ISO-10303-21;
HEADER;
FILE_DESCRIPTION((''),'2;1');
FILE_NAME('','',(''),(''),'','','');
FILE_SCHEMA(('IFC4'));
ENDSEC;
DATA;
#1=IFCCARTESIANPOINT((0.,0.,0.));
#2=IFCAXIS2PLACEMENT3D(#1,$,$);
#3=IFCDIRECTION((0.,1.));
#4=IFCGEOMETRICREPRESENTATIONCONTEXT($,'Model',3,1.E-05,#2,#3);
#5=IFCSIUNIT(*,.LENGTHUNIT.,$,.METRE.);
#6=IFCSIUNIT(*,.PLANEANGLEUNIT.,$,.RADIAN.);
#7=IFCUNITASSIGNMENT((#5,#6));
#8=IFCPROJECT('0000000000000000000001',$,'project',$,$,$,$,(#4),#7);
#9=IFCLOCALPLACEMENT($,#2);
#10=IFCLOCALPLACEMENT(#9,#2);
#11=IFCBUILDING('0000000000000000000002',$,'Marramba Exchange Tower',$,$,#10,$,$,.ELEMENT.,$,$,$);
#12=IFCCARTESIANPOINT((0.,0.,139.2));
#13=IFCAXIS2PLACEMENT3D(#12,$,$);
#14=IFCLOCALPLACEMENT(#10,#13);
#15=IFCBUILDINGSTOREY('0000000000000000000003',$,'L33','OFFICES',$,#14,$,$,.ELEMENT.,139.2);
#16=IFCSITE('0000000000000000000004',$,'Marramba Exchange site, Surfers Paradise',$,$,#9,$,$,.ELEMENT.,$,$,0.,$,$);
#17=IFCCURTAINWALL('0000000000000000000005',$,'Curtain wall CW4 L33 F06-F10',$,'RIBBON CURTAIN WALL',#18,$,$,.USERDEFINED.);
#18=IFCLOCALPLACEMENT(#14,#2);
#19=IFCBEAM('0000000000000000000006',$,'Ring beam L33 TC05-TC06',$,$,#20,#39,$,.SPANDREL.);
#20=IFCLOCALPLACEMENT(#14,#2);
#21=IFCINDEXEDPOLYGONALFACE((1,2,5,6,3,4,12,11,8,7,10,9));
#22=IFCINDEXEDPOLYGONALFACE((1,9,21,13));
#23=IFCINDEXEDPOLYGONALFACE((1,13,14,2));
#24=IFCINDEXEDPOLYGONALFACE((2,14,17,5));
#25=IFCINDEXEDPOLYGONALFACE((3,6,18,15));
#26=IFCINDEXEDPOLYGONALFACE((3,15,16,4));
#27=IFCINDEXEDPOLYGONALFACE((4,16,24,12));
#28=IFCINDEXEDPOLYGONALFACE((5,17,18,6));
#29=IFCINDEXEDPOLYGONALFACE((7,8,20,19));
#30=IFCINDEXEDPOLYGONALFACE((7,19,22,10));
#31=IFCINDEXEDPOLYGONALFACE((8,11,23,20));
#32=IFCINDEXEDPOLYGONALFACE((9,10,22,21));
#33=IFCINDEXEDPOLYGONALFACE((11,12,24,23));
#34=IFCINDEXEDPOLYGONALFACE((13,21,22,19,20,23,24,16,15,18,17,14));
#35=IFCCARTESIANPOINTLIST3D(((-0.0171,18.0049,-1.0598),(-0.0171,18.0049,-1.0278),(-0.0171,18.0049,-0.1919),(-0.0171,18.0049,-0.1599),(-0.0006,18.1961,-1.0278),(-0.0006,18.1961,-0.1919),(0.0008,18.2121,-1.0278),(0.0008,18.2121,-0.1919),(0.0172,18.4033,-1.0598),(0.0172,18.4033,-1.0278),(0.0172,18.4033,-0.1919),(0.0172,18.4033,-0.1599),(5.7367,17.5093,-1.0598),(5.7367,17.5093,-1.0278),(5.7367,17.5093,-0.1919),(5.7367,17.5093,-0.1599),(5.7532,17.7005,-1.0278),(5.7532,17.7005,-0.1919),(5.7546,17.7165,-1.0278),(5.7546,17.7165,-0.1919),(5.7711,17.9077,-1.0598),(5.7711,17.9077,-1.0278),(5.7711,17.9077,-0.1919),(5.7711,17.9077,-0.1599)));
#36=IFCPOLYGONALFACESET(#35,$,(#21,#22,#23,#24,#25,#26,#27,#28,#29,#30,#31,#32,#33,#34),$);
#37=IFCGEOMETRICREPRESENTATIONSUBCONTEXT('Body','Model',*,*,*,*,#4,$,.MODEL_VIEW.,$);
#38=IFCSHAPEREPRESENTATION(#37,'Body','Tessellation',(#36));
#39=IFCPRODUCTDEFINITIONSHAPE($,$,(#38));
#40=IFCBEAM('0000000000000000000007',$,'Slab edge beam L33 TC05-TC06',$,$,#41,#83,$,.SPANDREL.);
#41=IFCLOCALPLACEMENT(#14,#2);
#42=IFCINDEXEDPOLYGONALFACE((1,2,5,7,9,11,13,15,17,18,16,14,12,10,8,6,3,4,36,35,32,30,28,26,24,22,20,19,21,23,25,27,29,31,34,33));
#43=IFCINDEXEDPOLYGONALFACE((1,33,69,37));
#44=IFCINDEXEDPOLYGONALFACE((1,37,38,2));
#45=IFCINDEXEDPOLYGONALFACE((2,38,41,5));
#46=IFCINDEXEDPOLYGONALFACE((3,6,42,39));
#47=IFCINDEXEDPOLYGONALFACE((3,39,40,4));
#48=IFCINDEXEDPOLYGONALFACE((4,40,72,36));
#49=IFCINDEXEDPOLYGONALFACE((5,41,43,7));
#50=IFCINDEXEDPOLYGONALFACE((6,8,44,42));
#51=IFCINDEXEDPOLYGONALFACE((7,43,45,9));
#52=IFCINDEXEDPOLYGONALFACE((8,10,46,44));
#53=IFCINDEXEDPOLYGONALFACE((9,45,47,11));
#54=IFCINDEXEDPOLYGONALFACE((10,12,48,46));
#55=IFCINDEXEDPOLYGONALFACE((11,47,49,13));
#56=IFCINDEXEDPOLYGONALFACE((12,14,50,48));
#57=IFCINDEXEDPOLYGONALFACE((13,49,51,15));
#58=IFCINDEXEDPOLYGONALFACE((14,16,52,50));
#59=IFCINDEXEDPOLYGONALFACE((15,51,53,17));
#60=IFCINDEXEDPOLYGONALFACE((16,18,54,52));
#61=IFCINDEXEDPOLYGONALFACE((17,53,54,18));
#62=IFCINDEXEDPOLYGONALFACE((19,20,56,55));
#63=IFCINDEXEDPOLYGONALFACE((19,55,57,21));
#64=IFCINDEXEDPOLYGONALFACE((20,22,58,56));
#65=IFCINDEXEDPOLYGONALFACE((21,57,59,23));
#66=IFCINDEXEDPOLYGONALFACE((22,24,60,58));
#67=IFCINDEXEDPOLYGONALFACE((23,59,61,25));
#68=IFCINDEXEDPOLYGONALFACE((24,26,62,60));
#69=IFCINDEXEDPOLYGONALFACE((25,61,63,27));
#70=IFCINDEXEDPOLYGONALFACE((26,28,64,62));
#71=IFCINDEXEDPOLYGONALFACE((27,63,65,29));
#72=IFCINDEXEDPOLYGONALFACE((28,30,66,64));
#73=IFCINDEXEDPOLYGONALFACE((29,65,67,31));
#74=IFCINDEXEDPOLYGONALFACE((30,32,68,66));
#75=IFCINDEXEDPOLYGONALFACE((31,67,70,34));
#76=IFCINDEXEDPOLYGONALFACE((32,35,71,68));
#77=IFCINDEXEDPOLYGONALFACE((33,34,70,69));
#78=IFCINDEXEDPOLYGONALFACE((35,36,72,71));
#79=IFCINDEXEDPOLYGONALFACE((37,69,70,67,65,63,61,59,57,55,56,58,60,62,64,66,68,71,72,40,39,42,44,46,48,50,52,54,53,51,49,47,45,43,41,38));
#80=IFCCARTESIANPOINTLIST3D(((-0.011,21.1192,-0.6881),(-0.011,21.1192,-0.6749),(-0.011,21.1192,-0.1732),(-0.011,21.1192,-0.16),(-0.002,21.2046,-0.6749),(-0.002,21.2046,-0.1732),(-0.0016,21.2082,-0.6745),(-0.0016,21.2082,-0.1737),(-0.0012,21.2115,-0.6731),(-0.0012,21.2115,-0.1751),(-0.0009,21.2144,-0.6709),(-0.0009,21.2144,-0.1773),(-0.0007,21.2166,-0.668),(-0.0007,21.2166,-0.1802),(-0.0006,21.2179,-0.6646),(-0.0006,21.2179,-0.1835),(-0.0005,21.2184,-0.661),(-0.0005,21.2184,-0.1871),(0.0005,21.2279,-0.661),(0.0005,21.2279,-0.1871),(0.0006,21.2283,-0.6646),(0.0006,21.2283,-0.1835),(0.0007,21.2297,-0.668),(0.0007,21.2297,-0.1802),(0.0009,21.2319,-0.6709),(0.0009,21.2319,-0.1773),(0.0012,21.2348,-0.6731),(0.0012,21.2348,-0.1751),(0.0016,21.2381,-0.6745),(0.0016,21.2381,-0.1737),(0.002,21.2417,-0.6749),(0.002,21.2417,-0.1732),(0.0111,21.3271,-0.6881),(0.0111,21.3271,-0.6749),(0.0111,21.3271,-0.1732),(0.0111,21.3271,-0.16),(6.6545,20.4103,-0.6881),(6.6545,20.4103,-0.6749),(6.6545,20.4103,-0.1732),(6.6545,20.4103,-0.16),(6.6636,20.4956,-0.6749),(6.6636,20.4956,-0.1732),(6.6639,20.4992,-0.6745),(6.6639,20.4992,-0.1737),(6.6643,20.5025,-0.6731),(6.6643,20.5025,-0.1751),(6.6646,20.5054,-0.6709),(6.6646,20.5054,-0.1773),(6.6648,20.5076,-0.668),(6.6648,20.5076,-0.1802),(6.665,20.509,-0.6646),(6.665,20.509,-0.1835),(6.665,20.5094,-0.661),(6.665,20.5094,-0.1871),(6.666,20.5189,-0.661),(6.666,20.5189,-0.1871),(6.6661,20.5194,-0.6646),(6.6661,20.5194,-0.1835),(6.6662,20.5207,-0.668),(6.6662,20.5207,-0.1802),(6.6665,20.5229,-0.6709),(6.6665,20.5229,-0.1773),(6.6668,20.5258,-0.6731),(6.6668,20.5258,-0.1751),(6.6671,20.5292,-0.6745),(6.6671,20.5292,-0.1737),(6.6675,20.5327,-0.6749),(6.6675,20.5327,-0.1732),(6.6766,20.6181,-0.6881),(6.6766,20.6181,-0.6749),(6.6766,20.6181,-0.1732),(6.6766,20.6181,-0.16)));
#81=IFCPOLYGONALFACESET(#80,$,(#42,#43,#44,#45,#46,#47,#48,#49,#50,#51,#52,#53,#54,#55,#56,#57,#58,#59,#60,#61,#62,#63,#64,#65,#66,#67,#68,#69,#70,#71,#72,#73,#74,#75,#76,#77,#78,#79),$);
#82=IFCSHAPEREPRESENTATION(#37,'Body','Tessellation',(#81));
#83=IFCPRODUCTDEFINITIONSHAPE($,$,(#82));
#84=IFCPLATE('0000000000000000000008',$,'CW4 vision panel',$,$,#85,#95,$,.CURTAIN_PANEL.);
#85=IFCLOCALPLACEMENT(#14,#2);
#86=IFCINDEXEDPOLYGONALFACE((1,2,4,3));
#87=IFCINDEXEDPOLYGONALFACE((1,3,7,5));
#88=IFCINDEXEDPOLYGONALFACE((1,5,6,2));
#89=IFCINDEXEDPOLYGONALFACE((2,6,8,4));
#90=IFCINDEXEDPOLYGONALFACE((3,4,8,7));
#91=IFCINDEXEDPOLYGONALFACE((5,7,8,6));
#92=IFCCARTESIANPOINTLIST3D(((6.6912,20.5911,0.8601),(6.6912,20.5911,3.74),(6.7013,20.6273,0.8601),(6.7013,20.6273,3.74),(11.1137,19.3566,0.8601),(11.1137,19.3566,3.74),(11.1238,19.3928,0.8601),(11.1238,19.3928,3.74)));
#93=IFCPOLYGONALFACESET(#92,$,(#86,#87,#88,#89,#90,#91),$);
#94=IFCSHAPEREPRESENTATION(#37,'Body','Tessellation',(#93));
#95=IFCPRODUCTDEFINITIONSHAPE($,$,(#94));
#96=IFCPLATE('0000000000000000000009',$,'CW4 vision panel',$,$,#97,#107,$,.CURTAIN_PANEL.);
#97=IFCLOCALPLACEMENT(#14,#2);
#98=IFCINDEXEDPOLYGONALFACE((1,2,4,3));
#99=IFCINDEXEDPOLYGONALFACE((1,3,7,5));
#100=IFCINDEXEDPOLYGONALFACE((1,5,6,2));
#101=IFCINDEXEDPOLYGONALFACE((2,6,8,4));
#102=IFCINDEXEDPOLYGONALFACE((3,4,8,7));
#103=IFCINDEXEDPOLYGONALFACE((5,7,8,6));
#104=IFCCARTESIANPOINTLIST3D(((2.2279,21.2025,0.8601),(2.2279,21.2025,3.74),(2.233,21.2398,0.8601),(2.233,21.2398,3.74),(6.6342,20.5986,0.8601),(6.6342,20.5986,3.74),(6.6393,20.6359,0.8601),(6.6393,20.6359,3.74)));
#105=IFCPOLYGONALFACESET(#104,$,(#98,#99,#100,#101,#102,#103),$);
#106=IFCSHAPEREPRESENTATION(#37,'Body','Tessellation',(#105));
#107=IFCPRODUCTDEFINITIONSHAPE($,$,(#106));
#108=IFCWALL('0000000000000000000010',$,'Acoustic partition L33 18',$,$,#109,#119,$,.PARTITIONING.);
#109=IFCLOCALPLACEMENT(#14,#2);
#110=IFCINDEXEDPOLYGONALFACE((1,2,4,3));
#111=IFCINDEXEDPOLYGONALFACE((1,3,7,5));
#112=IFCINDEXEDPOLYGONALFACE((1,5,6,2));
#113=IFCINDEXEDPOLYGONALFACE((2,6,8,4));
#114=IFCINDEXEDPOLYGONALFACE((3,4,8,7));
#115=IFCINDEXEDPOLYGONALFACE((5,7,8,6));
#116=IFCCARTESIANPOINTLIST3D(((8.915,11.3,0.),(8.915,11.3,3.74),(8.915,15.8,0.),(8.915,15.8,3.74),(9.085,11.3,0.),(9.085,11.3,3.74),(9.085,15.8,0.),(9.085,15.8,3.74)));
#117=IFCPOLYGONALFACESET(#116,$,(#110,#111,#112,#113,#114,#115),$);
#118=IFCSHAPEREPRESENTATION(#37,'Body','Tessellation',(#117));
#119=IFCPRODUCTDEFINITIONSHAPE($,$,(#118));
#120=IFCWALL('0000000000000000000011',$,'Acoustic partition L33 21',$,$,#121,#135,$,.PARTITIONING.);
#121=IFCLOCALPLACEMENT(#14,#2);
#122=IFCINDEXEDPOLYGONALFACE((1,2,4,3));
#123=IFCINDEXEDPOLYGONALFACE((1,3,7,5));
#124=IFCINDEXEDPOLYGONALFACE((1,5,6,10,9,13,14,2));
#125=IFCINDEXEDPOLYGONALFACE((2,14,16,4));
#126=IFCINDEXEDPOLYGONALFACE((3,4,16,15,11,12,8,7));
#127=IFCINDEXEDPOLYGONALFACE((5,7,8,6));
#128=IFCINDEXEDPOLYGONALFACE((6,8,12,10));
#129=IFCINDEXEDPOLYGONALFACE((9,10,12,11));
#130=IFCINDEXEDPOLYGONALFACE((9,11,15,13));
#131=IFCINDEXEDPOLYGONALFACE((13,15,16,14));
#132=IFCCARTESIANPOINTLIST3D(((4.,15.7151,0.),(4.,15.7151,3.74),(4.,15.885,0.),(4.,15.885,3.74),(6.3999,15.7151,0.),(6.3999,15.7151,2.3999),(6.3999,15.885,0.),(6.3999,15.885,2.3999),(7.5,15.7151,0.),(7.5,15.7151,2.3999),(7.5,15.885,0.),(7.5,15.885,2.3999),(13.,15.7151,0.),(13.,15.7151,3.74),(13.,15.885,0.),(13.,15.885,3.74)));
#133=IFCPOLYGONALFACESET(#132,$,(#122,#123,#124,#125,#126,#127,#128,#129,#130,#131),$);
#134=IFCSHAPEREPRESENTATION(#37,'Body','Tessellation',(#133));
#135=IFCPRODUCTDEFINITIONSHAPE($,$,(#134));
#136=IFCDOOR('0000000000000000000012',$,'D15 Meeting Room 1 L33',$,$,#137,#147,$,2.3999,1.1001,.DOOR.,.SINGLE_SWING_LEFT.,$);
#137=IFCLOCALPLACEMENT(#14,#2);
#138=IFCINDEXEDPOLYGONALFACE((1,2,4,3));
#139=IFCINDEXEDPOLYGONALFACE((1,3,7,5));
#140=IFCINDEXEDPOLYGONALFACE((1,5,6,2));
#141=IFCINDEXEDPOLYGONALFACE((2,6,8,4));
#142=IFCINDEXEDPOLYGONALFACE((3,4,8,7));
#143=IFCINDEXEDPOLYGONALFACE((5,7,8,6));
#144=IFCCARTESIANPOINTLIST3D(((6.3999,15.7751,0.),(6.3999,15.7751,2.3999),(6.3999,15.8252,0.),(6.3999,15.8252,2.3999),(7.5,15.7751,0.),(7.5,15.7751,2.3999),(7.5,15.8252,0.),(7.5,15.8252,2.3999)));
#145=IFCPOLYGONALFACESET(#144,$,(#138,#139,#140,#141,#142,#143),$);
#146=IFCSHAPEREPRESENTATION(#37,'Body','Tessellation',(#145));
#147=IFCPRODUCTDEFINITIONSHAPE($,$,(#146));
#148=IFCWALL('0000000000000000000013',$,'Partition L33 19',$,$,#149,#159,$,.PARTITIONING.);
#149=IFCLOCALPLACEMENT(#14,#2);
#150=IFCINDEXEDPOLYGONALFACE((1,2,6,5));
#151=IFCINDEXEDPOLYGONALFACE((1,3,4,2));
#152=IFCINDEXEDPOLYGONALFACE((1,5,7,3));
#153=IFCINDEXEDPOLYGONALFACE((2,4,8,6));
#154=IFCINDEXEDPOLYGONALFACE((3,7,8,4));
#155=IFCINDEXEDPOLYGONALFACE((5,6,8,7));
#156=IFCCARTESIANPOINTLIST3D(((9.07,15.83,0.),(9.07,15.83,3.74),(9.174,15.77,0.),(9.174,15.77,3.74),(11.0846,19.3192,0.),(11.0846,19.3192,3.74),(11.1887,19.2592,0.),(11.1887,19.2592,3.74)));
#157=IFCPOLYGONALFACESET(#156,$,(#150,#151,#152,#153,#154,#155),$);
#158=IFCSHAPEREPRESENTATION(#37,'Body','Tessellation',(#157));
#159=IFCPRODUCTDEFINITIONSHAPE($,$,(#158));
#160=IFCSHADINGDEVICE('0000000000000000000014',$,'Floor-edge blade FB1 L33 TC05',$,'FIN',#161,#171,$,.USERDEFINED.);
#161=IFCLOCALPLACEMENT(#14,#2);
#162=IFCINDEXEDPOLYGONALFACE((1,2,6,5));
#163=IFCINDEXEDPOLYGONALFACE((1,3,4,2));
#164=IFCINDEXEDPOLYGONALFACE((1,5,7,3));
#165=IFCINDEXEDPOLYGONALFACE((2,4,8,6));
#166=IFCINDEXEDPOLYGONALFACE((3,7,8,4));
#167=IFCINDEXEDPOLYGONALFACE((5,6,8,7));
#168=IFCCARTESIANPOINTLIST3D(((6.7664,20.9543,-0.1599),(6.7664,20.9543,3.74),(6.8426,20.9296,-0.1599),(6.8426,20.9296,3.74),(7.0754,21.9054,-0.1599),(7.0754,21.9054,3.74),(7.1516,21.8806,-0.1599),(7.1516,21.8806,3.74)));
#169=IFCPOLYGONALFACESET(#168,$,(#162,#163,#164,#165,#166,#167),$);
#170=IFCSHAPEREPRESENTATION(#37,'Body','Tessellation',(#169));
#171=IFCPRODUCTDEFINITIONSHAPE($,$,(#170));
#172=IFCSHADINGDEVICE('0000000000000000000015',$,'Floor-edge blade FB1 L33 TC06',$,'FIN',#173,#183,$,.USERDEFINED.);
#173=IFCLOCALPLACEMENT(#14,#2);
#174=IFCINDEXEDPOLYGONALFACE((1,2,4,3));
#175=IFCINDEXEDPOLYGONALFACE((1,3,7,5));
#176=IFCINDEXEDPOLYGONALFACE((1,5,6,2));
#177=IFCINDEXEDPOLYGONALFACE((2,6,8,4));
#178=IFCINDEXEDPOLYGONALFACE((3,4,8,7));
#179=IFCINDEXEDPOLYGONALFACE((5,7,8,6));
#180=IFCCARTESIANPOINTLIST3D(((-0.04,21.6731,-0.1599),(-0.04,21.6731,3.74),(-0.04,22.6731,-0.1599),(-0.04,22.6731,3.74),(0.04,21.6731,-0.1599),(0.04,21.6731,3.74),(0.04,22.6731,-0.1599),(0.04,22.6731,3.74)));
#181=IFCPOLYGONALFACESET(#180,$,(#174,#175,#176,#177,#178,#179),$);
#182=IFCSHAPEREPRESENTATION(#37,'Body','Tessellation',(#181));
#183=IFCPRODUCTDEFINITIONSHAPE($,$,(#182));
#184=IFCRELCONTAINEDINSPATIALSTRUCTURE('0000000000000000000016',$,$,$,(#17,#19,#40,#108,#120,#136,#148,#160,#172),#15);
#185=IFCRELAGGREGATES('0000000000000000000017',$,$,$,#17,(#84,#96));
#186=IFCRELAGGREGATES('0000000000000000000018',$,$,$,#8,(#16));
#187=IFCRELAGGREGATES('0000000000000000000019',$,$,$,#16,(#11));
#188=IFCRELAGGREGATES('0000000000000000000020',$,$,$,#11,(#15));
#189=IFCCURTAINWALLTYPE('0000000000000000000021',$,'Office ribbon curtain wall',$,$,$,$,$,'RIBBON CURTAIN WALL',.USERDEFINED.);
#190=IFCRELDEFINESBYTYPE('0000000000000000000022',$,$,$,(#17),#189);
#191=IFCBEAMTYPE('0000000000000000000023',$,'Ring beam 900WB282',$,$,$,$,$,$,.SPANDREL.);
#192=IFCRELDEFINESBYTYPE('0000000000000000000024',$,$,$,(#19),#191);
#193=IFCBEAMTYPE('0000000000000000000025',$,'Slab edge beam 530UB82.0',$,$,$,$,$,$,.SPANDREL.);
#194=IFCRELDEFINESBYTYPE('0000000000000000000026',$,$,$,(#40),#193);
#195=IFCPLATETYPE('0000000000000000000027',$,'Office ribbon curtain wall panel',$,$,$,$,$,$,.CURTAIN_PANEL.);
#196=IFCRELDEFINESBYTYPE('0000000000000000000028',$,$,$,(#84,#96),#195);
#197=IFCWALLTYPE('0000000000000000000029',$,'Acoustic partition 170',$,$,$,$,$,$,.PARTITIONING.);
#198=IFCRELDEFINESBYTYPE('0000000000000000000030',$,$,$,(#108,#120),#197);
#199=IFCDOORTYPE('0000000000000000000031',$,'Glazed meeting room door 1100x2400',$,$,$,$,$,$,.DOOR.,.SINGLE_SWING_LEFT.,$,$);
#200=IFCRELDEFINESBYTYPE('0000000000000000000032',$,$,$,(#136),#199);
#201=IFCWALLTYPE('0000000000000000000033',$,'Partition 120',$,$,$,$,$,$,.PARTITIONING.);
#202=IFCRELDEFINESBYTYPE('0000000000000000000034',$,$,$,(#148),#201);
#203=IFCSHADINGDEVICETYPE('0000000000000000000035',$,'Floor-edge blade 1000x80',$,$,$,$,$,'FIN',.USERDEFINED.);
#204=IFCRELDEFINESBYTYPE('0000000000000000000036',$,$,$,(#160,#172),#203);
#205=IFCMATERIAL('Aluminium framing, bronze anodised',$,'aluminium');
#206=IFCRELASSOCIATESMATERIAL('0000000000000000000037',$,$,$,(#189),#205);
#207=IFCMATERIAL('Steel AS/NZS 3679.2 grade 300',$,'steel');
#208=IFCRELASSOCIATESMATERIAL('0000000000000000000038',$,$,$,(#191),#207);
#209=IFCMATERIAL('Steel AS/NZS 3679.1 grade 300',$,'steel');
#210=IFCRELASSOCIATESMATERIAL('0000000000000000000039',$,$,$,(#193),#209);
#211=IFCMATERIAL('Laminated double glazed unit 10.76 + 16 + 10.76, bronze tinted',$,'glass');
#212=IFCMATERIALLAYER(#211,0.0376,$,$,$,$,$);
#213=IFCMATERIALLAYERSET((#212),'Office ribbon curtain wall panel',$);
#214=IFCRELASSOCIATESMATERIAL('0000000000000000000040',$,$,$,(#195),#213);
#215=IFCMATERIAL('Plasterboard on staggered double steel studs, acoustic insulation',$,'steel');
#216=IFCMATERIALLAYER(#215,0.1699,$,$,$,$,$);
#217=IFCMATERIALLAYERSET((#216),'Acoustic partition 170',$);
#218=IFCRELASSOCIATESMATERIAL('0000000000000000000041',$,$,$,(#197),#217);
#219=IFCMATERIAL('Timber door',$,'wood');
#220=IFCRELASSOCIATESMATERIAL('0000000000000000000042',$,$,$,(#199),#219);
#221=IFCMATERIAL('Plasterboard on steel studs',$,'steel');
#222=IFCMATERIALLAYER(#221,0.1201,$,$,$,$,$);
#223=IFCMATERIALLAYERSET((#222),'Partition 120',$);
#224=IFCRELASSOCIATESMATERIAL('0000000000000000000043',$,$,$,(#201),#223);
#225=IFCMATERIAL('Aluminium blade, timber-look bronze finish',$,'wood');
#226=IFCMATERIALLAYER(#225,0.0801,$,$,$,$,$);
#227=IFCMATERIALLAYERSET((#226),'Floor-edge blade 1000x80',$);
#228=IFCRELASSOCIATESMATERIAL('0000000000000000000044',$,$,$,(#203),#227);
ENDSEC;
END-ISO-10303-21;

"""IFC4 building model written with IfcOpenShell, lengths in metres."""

from ifc_helpers import new_model, si_unit, direction, frame, frame_2d, origin, origin_2d, place, context, subcontext, project, spatial, rectangle, i_section, extrude, material, layer, layer_set, material_profile, profile_set, type_object, element, fill, aggregate, save


model = new_model("IFC4")

# Units and contexts
model_context = context("Model", 3, precision=1e-05, world=origin(), true_north=direction((0.0, 1.0)))
body_context = subcontext(model_context, "Body", "Model", "MODEL_VIEW")
ifc_project = project(units=[si_unit("LENGTHUNIT", "METRE"), si_unit("PLANEANGLEUNIT", "RADIAN")], contexts=[model_context])

# Site, building, storey
site_placement = place(None, origin())
site = spatial("IfcSite", under=ifc_project, at=site_placement, Name="Marramba Exchange site, Surfers Paradise", CompositionType="ELEMENT", RefElevation=0.0)
building_placement = place(site_placement, origin())
building = spatial("IfcBuilding", under=site, at=building_placement, Name="Marramba Exchange Tower", CompositionType="ELEMENT")
storey_placement = place(building_placement, frame((0.0, 0.0, 139.2)))
storey = spatial("IfcBuildingStorey", under=building, at=storey_placement, Name="L33", Description="OFFICES", CompositionType="ELEMENT", Elevation=139.2)

# Shared definitions
ifc_material_1 = material(Name="Steel AS/NZS 3679.2 grade 300", Category="steel")

# Curtain wall
ifc_material_2 = material(Name="Aluminium framing, bronze anodised", Category="aluminium")
curtain_wall_type = type_object("IfcCurtainWallType", Name="Office ribbon curtain wall", ElementType="RIBBON CURTAIN WALL", PredefinedType="USERDEFINED", material=ifc_material_2)
curtain_wall_placement = place(storey_placement, origin())
curtain_wall = element("IfcCurtainWall", 1, at=curtain_wall_placement, inside=storey, type_object=curtain_wall_type, Name="Curtain wall CW4 L33 F06-F10", ObjectType="RIBBON CURTAIN WALL", PredefinedType="USERDEFINED")

# Beams
ifc_material_profile_1 = material_profile(ifc_material_1, i_section(OverallWidth=0.3999, OverallDepth=0.8999, WebThickness=0.0161, FlangeThickness=0.032, at=origin_2d()), Name="900WB282")
ifc_profile_set_1 = profile_set([ifc_material_profile_1], Name="Steel AS/NZS 3679.2 grade 300")
beam_type_1 = type_object("IfcBeamType", Name="Ring beam 900WB282", PredefinedType="SPANDREL", material=ifc_profile_set_1)
beam_1_placement = place(storey_placement, frame((5.7539, 17.7085, -0.6099), z_axis=(-0.996311, 0.085816, 0.0), x_axis=(-0.085816, -0.996311, 0.0)))
element("IfcBeam", 2, at=beam_1_placement, inside=storey, type_object=beam_type_1, Name="Ring beam L33 TC05-TC06", PredefinedType="SPANDREL", context=body_context, shape_type="SweptSolid", body=[
    extrude(i_section(OverallWidth=0.3999, OverallDepth=0.8999, WebThickness=0.0161, FlangeThickness=0.032, at=origin_2d()), origin(), (0.0, 0.0, 1.0), 5.7751),
])
ifc_material_3 = material(Name="Steel AS/NZS 3679.1 grade 300", Category="steel")
ifc_material_profile_2 = material_profile(ifc_material_3, i_section(OverallWidth=0.209, OverallDepth=0.5281, WebThickness=0.0095, FlangeThickness=0.0132, FilletRadius=0.0139, at=origin_2d()), Name="530UB82.0")
ifc_profile_set_2 = profile_set([ifc_material_profile_2], Name="Steel AS/NZS 3679.1 grade 300")
beam_type_2 = type_object("IfcBeamType", Name="Slab edge beam 530UB82.0", PredefinedType="SPANDREL", material=ifc_profile_set_2)
beam_2_placement = place(storey_placement, frame((6.6655, 20.5142, -0.4241), z_axis=(-0.994391, 0.105769, 0.0), x_axis=(-0.105769, -0.994391, 0.0)))
element("IfcBeam", 3, at=beam_2_placement, inside=storey, type_object=beam_type_2, Name="Slab edge beam L33 TC05-TC06", PredefinedType="SPANDREL", context=body_context, shape_type="SweptSolid", body=[
    extrude(i_section(OverallWidth=0.209, OverallDepth=0.5281, WebThickness=0.0095, FlangeThickness=0.0132, FilletRadius=0.0139, at=origin_2d()), origin(), (0.0, 0.0, 1.0), 6.7031),
])

# Plates
ifc_material_4 = material(Name="Laminated double glazed unit 10.76 + 16 + 10.76, bronze tinted", Category="glass")
ifc_layer_1 = layer(ifc_material_4, 0.0376)
ifc_layer_set_1 = layer_set([ifc_layer_1], Name="Office ribbon curtain wall panel")
plate_type = type_object("IfcPlateType", Name="Office ribbon curtain wall panel", PredefinedType="CURTAIN_PANEL", material=ifc_layer_set_1)
plate_1_placement = place(storey_placement, frame((8.9075, 19.9919, 0.8601), z_axis=(0.0, 0.0, 1.0), x_axis=(-0.963178, 0.268865, 0.0)))
plate_1 = element("IfcPlate", 4, at=plate_1_placement, type_object=plate_type, Name="CW4 vision panel", PredefinedType="CURTAIN_PANEL", context=body_context, shape_type="SweptSolid", body=[
    extrude(rectangle(XDim=4.5916, YDim=0.0376, at=origin_2d()), origin(), (0.0, 0.0, 1.0), 2.8799),
])
plate_2_placement = place(storey_placement, frame((4.4336, 20.9192, 0.8601), z_axis=(0.0, 0.0, 1.0), x_axis=(-0.990738, 0.135786, 0.0)))
plate_2 = element("IfcPlate", 5, at=plate_2_placement, type_object=plate_type, Name="CW4 vision panel", PredefinedType="CURTAIN_PANEL", context=body_context, shape_type="SweptSolid", body=[
    extrude(rectangle(XDim=4.4475, YDim=0.0376, at=origin_2d()), origin(), (0.0, 0.0, 1.0), 2.8799),
])
aggregate(curtain_wall, [plate_1, plate_2])

# Wall
ifc_material_5 = material(Name="Plasterboard on staggered double steel studs, acoustic insulation", Category="steel")
ifc_layer_2 = layer(ifc_material_5, 0.1699)
ifc_layer_set_2 = layer_set([ifc_layer_2], Name="Acoustic partition 170")
wall_type_1 = type_object("IfcWallType", Name="Acoustic partition 170", PredefinedType="PARTITIONING", material=ifc_layer_set_2)
wall_1_placement = place(storey_placement, frame((9.0, 15.8, 0.0), z_axis=(0.0, 0.0, 1.0), x_axis=(0.0, -1.0, 0.0)))
element("IfcWall", 6, at=wall_1_placement, inside=storey, type_object=wall_type_1, Name="Acoustic partition L33 18", PredefinedType="PARTITIONING", context=body_context, shape_type="SweptSolid", body=[
    extrude(rectangle(XDim=4.5, YDim=0.1699, at=frame_2d((2.25, 0.0))), origin(), (0.0, 0.0, 1.0), 3.74),
])

# Wall, opening, door
wall_2_placement = place(storey_placement, frame((13.0, 15.8, 0.0), z_axis=(0.0, 0.0, 1.0), x_axis=(-1.0, 0.0, 0.0)))
wall_2 = element("IfcWall", 7, at=wall_2_placement, inside=storey, type_object=wall_type_1, Name="Acoustic partition L33 21", PredefinedType="PARTITIONING", context=body_context, shape_type="SweptSolid", body=[
    extrude(rectangle(XDim=9.0, YDim=0.1699, at=frame_2d((4.5, 0.0))), origin(), (0.0, 0.0, 1.0), 3.74),
])
opening_placement = place(wall_2_placement, frame((5.5, 0.0, 0.0)))
opening = element("IfcOpeningElement", 8, at=opening_placement, cuts=wall_2, PredefinedType="OPENING", context=body_context, shape_type="SweptSolid", body=[
    extrude(rectangle(XDim=1.1001, YDim=2.3999, at=frame_2d((0.55, 1.2))), frame((0.0, 0.095, 0.0), z_axis=(0.0, -1.0, 0.0), x_axis=(1.0, 0.0, 0.0)), (0.0, 0.0, 1.0), 0.1899),
])
ifc_material_6 = material(Name="Timber door", Category="wood")
door_type = type_object("IfcDoorType", Name="Glazed meeting room door 1100x2400", OperationType="SINGLE_SWING_LEFT", PredefinedType="DOOR", material=ifc_material_6)
door_placement = place(opening_placement, origin())
door = element("IfcDoor", 9, at=door_placement, inside=storey, type_object=door_type, Name="D15 Meeting Room 1 L33", OperationType="SINGLE_SWING_LEFT", OverallHeight=2.3999, OverallWidth=1.1001, PredefinedType="DOOR", context=body_context, shape_type="SweptSolid", body=[
    extrude(rectangle(XDim=1.1001, YDim=2.3999, at=frame_2d((0.55, 1.2))), frame((0.0, 0.0249, 0.0), z_axis=(0.0, -1.0, 0.0), x_axis=(1.0, 0.0, 0.0)), (0.0, 0.0, 1.0), 0.05),
])
fill(opening, door)

# Wall
ifc_material_7 = material(Name="Plasterboard on steel studs", Category="steel")
ifc_layer_3 = layer(ifc_material_7, 0.1201)
ifc_layer_set_3 = layer_set([ifc_layer_3], Name="Partition 120")
wall_type_2 = type_object("IfcWallType", Name="Partition 120", PredefinedType="PARTITIONING", material=ifc_layer_set_3)
wall_3_placement = place(storey_placement, frame((11.1367, 19.2893, 0.0), z_axis=(0.0, 0.0, 1.0), x_axis=(-0.500023, -0.866012, 0.0)))
element("IfcWall", 10, at=wall_3_placement, inside=storey, type_object=wall_type_2, Name="Partition L33 19", PredefinedType="PARTITIONING", context=body_context, shape_type="SweptSolid", body=[
    extrude(rectangle(XDim=4.0291, YDim=0.1201, at=frame_2d((2.0146, 0.0))), origin(), (0.0, 0.0, 1.0), 3.74),
])

# Shading devices
ifc_material_8 = material(Name="Aluminium blade, timber-look bronze finish", Category="wood")
ifc_layer_4 = layer(ifc_material_8, 0.0801)
ifc_layer_set_4 = layer_set([ifc_layer_4], Name="Floor-edge blade 1000x80")
shading_device_type_1 = type_object("IfcShadingDeviceType", Name="Floor-edge blade 1000x80", ElementType="FIN", PredefinedType="USERDEFINED", material=ifc_layer_set_4)
for number, where, z_axis, x_axis, name in (
    (11, (6.959, 21.4175, -0.1599), (0.0, 0.0, 1.0), (0.309017, 0.951057, 0.0), "Floor-edge blade FB1 L33 TC05"),
    (12, (0.0, 22.1731, -0.1599), (0.0, 0.0, 1.0), (0.0, 1.0, 0.0), "Floor-edge blade FB1 L33 TC06"),
):
    element("IfcShadingDevice", number, at=place(storey_placement, frame(where, z_axis=z_axis, x_axis=x_axis)), inside=storey, type_object=shading_device_type_1, Name=name, ObjectType="FIN", PredefinedType="USERDEFINED", context=body_context, shape_type="SweptSolid", body=[
        extrude(rectangle(XDim=1.0, YDim=0.0801, at=origin_2d()), origin(), (0.0, 0.0, 1.0), 3.8999),
    ])

save(model, "model.ifc")
